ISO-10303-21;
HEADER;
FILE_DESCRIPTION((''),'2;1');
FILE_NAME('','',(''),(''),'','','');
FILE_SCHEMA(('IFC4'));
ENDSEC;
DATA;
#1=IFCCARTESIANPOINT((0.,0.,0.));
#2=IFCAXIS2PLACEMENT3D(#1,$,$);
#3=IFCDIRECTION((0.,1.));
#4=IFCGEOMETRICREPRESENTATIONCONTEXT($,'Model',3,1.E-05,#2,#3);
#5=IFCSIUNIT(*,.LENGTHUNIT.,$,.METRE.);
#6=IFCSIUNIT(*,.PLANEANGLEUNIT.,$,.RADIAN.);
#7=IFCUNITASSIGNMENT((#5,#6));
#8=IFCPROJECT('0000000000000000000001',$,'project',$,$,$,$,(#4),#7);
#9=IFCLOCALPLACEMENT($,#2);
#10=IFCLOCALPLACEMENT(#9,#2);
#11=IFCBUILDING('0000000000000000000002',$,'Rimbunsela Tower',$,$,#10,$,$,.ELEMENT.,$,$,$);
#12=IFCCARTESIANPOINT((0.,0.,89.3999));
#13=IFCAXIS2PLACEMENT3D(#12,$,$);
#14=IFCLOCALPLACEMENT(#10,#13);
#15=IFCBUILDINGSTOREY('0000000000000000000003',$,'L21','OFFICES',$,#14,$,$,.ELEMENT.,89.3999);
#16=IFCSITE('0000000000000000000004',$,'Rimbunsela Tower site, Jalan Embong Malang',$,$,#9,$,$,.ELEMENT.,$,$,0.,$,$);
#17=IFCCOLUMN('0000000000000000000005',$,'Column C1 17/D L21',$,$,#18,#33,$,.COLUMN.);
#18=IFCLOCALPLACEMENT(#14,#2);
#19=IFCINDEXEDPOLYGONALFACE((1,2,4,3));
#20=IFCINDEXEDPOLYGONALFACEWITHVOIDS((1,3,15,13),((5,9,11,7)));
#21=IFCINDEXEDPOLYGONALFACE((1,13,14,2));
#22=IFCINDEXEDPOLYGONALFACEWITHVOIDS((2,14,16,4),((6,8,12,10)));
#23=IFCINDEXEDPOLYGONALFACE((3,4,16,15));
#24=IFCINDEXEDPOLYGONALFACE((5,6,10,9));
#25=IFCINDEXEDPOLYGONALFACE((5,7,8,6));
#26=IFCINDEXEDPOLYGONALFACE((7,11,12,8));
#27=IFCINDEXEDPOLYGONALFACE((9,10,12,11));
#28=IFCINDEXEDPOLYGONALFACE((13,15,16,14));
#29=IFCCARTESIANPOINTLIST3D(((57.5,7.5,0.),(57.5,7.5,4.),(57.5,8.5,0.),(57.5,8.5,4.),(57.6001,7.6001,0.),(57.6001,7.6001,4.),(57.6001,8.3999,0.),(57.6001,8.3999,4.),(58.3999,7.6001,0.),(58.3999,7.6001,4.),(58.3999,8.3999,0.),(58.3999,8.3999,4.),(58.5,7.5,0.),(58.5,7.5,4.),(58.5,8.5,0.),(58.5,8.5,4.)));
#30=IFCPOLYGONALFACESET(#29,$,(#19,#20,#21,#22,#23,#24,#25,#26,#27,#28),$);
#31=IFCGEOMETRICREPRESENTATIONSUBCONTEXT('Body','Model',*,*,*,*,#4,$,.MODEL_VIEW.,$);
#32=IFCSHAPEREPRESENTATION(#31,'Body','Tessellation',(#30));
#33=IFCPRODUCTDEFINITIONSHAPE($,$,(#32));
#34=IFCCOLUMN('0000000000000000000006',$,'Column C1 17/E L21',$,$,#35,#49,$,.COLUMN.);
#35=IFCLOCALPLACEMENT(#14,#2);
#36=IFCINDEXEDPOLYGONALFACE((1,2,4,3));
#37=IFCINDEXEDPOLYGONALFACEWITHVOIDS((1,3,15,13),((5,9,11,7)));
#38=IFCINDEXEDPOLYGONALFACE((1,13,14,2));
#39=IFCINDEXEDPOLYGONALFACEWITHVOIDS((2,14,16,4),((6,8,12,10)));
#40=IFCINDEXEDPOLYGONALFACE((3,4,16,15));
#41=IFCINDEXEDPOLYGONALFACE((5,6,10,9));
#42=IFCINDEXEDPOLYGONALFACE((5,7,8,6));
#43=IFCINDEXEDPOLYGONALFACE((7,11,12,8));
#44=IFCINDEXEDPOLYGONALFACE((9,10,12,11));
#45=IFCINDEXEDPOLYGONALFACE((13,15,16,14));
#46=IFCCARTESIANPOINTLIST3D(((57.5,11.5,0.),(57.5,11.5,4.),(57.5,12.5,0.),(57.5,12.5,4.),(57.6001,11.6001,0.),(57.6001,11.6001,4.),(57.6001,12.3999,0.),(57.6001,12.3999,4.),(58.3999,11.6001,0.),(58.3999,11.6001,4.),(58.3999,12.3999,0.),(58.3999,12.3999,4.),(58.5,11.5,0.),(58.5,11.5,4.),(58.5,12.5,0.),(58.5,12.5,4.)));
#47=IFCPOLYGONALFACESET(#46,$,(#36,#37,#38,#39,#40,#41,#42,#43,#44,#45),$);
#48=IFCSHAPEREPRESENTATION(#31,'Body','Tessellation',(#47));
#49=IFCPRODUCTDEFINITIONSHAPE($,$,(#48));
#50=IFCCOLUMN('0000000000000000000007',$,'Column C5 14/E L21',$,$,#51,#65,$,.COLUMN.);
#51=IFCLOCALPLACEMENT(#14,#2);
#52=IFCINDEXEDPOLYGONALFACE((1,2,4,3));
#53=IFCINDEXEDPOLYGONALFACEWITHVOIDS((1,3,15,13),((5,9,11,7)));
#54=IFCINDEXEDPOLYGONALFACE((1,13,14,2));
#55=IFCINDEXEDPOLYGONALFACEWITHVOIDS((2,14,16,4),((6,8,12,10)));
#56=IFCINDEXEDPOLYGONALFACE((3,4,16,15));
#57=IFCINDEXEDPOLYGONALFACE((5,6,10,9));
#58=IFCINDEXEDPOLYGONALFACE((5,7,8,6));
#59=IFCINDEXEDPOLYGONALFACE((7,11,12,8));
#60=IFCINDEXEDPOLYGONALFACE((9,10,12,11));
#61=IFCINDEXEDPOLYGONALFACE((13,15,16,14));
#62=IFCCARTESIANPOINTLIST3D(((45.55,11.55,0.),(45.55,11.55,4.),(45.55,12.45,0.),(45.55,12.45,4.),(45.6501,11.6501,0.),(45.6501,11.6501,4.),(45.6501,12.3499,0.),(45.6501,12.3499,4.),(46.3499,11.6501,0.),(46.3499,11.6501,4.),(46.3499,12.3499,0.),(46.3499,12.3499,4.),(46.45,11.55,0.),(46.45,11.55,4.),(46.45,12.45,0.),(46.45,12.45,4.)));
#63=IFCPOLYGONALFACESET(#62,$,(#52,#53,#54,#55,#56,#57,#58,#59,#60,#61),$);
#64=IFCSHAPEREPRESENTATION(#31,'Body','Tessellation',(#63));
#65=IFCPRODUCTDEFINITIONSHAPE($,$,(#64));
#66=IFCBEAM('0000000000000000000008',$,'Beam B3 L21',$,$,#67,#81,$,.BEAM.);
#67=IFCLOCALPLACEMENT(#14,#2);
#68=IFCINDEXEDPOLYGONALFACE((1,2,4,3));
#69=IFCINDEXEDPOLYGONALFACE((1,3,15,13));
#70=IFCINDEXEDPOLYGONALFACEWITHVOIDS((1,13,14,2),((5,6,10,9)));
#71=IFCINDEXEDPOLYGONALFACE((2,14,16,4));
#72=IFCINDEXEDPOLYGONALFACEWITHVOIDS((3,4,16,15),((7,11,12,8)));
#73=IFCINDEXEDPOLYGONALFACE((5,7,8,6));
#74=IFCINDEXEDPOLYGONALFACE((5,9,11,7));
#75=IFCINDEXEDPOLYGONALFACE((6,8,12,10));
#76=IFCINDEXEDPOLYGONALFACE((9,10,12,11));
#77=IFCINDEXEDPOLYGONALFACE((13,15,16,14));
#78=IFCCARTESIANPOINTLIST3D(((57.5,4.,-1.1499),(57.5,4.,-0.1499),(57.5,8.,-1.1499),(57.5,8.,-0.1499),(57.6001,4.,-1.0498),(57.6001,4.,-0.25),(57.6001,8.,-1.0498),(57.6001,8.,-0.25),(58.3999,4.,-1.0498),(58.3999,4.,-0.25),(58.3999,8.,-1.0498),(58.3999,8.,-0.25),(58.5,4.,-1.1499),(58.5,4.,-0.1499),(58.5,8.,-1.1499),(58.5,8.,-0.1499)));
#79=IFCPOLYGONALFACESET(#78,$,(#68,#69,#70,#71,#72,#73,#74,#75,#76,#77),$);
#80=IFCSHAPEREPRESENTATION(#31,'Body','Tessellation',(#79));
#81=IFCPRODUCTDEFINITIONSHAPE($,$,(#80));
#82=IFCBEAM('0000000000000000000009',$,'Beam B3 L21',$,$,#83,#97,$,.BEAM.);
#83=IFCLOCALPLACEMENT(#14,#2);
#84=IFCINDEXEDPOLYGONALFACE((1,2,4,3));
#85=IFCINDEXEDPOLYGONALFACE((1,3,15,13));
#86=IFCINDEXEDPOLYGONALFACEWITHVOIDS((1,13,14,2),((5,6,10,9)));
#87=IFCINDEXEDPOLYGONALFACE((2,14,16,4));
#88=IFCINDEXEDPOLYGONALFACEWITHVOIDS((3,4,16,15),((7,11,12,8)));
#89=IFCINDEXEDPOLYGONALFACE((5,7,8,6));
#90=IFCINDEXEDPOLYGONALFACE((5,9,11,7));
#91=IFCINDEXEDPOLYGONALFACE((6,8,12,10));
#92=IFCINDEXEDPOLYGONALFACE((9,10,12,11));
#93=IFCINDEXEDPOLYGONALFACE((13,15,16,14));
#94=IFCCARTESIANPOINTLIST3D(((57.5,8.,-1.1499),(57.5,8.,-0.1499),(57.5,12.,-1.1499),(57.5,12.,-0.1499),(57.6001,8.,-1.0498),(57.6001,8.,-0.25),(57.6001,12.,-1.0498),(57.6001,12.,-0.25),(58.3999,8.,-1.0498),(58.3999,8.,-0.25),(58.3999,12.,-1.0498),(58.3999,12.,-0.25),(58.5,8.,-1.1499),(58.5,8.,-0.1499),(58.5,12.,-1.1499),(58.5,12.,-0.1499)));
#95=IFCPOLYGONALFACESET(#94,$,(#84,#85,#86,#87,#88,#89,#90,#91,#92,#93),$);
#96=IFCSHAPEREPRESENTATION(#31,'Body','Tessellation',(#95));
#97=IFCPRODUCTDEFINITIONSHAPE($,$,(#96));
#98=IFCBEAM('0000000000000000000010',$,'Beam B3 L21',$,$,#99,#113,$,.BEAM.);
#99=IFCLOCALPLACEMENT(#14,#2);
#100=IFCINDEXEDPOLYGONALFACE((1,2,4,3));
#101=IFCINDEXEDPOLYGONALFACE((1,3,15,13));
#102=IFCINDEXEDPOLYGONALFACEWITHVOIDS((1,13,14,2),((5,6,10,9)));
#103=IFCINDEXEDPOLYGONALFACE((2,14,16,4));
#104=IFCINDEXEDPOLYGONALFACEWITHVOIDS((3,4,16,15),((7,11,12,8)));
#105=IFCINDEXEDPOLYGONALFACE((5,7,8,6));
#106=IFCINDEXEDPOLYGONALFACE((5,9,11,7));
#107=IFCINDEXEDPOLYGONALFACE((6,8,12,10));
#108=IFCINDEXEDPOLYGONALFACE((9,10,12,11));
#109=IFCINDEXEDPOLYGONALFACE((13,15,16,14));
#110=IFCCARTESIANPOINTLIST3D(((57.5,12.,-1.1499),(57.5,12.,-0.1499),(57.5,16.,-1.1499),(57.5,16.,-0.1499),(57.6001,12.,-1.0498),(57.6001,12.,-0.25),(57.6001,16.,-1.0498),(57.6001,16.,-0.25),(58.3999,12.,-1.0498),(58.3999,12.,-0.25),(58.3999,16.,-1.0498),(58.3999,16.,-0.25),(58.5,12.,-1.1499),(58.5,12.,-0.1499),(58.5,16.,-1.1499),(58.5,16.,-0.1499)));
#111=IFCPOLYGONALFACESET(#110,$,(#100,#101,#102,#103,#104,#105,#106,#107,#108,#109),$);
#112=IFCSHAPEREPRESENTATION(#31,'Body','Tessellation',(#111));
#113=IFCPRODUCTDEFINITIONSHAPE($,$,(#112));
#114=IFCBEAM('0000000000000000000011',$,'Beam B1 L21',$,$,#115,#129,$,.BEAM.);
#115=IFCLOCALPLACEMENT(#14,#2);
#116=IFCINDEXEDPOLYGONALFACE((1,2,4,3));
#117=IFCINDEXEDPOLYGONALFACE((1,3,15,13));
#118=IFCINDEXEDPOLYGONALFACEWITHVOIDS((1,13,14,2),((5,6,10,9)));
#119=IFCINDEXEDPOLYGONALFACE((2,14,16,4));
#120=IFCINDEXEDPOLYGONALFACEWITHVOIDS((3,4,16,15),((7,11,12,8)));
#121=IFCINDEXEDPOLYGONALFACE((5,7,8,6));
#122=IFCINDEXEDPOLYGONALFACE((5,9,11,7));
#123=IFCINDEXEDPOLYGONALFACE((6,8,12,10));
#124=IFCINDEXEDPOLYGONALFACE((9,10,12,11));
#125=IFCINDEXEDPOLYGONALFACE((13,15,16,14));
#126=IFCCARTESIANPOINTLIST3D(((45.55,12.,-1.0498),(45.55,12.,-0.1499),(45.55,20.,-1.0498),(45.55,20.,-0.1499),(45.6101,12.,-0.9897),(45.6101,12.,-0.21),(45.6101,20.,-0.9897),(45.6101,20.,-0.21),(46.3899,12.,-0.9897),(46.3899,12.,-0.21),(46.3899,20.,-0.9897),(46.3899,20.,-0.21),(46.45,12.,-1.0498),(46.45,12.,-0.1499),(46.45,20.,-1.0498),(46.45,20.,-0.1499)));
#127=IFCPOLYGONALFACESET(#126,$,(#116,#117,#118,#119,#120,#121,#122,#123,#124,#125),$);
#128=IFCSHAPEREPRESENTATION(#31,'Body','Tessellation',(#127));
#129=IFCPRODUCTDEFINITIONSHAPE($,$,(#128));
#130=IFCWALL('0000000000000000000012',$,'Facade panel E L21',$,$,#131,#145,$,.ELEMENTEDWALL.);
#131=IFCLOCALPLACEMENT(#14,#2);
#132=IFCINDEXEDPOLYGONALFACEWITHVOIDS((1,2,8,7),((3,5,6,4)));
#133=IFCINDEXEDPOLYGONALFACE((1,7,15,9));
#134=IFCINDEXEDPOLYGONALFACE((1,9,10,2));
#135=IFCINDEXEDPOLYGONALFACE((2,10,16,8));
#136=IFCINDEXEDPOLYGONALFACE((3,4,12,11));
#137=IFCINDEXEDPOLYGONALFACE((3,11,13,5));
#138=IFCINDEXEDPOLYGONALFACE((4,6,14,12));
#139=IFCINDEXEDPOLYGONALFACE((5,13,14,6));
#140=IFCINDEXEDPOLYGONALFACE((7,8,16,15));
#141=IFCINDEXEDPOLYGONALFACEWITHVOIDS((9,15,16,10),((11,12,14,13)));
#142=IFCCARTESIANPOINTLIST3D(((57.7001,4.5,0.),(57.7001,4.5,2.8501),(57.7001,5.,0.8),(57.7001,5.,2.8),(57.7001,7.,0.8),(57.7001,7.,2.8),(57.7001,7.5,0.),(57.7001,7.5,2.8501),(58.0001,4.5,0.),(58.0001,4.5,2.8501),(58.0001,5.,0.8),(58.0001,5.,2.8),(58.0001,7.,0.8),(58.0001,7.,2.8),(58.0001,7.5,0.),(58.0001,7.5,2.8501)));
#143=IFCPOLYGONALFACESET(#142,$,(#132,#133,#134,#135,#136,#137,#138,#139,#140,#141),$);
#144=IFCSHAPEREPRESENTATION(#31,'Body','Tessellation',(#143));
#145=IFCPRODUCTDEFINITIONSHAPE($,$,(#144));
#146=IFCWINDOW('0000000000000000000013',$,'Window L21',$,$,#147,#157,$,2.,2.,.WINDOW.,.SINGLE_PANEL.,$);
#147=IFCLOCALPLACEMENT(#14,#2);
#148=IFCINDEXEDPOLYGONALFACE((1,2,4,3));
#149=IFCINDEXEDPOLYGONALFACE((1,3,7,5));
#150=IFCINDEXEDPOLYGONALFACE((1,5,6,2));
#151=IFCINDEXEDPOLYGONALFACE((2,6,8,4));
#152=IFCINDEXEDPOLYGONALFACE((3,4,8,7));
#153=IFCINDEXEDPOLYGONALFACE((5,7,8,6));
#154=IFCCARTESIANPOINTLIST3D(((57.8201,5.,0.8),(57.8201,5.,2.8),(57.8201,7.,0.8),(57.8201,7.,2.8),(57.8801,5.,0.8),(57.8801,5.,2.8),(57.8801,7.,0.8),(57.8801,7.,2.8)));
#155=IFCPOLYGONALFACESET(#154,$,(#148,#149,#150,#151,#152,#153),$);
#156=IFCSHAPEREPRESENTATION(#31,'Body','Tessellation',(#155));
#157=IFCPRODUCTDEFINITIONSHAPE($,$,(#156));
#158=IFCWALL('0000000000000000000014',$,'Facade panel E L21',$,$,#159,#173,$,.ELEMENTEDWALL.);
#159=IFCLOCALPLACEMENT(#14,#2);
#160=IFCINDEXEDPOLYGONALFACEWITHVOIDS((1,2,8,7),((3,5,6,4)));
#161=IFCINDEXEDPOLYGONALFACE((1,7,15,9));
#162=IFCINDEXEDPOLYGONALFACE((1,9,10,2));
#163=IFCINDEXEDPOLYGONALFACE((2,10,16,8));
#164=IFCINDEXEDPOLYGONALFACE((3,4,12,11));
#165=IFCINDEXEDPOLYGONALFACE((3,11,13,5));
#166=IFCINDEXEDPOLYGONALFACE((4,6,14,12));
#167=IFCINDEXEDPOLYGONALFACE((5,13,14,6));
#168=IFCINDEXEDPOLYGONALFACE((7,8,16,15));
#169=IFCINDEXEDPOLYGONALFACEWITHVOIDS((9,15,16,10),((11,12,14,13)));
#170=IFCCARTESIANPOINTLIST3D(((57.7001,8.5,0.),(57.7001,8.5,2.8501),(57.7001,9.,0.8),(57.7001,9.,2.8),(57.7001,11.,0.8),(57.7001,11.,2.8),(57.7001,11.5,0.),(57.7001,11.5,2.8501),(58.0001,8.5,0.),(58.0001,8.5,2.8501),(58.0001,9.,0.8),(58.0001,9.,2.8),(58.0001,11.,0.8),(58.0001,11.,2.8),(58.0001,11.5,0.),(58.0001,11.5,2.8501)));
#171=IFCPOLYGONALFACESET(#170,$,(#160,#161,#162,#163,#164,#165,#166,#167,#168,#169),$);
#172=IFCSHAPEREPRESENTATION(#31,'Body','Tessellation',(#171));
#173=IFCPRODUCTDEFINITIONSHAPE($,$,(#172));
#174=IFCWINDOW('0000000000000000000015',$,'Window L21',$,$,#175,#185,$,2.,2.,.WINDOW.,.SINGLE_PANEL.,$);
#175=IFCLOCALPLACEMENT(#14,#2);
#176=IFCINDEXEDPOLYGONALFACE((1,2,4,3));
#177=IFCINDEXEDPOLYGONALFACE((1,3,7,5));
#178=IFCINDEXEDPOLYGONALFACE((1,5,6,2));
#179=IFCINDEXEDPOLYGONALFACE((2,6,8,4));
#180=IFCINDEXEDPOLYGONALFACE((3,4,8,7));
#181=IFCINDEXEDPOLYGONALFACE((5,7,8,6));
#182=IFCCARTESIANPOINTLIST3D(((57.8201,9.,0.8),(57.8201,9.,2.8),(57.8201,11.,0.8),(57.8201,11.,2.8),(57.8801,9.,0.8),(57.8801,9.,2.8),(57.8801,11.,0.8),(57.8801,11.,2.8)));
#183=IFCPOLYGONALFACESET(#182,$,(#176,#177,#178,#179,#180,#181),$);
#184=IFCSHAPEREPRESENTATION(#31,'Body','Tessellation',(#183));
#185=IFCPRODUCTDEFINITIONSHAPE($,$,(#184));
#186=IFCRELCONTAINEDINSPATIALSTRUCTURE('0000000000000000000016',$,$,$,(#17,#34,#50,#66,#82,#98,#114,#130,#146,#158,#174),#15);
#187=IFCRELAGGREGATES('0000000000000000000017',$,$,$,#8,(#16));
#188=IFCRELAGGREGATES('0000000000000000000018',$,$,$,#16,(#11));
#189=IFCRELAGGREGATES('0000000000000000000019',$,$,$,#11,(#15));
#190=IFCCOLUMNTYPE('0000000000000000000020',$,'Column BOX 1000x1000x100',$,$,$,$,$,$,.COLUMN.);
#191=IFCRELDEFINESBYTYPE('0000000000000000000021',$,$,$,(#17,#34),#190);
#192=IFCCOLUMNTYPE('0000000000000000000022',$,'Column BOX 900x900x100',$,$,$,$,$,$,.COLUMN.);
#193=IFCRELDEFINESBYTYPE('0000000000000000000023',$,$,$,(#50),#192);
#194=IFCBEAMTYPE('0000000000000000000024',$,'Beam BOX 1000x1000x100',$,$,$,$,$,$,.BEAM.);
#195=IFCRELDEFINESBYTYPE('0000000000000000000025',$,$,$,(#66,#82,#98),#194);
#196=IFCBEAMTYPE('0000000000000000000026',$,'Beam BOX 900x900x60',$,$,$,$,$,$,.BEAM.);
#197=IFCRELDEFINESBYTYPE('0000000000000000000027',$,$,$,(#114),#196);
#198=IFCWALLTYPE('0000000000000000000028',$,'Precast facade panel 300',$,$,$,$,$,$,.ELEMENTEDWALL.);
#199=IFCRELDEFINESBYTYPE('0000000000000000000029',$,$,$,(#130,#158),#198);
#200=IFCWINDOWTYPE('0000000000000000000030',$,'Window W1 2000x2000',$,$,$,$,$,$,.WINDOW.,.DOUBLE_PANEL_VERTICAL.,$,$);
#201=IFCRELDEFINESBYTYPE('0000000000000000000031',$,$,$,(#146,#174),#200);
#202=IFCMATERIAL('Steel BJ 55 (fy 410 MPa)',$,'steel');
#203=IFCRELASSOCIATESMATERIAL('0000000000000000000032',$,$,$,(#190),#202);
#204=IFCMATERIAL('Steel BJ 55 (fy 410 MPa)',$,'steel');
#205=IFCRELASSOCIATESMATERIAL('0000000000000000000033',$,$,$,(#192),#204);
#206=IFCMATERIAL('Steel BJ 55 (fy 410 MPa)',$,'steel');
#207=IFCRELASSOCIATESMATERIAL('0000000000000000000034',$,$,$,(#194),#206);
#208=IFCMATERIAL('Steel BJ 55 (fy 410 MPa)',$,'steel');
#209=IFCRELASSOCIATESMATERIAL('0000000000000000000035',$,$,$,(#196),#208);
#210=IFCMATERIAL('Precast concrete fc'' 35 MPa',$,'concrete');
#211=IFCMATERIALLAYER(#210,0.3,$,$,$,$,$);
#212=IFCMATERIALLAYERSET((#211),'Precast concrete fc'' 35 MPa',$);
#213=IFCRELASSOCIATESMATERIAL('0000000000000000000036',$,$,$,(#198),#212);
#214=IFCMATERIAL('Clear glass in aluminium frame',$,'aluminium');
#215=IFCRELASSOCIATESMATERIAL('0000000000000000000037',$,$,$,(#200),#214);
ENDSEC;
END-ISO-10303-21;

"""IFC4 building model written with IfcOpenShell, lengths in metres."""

from ifc_helpers import new_model, si_unit, direction, frame, frame_2d, origin, origin_2d, place, context, subcontext, project, spatial, rectangle, hollow_rectangle, extrude, material, layer, layer_set, material_profile, profile_set, type_object, element, fill, save


model = new_model("IFC4")

# Units and contexts
model_context = context("Model", 3, precision=1e-05, world=origin(), true_north=direction((0.0, 1.0)))
body_context = subcontext(model_context, "Body", "Model", "MODEL_VIEW")
ifc_project = project(units=[si_unit("LENGTHUNIT", "METRE"), si_unit("PLANEANGLEUNIT", "RADIAN")], contexts=[model_context])

# Site, building, storey
site_placement = place(None, origin())
site = spatial("IfcSite", under=ifc_project, at=site_placement, Name="Rimbunsela Tower site, Jalan Embong Malang", CompositionType="ELEMENT", RefElevation=0.0)
building_placement = place(site_placement, origin())
building = spatial("IfcBuilding", under=site, at=building_placement, Name="Rimbunsela Tower", CompositionType="ELEMENT")
storey_placement = place(building_placement, frame((0.0, 0.0, 89.3999)))
storey = spatial("IfcBuildingStorey", under=building, at=storey_placement, Name="L21", Description="OFFICES", CompositionType="ELEMENT", Elevation=89.3999)

# Columns
ifc_material_1 = material(Name="Steel BJ 55 (fy 410 MPa)", Category="steel")
ifc_material_profile_1 = material_profile(ifc_material_1, hollow_rectangle(XDim=1.0, YDim=1.0, WallThickness=0.1001, at=origin_2d()), Name="BOX 1000x1000x100")
ifc_profile_set_1 = profile_set([ifc_material_profile_1], Name="Steel BJ 55 (fy 410 MPa)")
column_type_1 = type_object("IfcColumnType", Name="Column BOX 1000x1000x100", PredefinedType="COLUMN", material=ifc_profile_set_1)
for number, where, z_axis, x_axis, name in (
    (1, (58.0, 8.0, 0.0), (0.0, 0.0, 1.0), (1.0, 0.0, 0.0), "Column C1 17/D L21"),
    (2, (58.0, 12.0, 0.0), (0.0, 0.0, 1.0), (1.0, 0.0, 0.0), "Column C1 17/E L21"),
):
    element("IfcColumn", number, at=place(storey_placement, frame(where, z_axis=z_axis, x_axis=x_axis)), inside=storey, type_object=column_type_1, Name=name, PredefinedType="COLUMN", context=body_context, shape_type="SweptSolid", body=[
        extrude(hollow_rectangle(XDim=1.0, YDim=1.0, WallThickness=0.1001, at=origin_2d()), origin(), (0.0, 0.0, 1.0), 4.0),
    ])
ifc_material_2 = material(Name="Steel BJ 55 (fy 410 MPa)", Category="steel")
ifc_material_profile_2 = material_profile(ifc_material_2, hollow_rectangle(XDim=0.8999, YDim=0.8999, WallThickness=0.1001, at=origin_2d()), Name="BOX 900x900x100")
ifc_profile_set_2 = profile_set([ifc_material_profile_2], Name="Steel BJ 55 (fy 410 MPa)")
column_type_2 = type_object("IfcColumnType", Name="Column BOX 900x900x100", PredefinedType="COLUMN", material=ifc_profile_set_2)
column_placement = place(storey_placement, frame((46.0, 12.0, 0.0), z_axis=(0.0, 0.0, 1.0), x_axis=(1.0, 0.0, 0.0)))
element("IfcColumn", 3, at=column_placement, inside=storey, type_object=column_type_2, Name="Column C5 14/E L21", PredefinedType="COLUMN", context=body_context, shape_type="SweptSolid", body=[
    extrude(hollow_rectangle(XDim=0.8999, YDim=0.8999, WallThickness=0.1001, at=origin_2d()), origin(), (0.0, 0.0, 1.0), 4.0),
])

# Beams
ifc_material_3 = material(Name="Steel BJ 55 (fy 410 MPa)", Category="steel")
ifc_material_profile_3 = material_profile(ifc_material_3, hollow_rectangle(XDim=1.0, YDim=1.0, WallThickness=0.1001, at=origin_2d()), Name="BOX 1000x1000x100")
ifc_profile_set_3 = profile_set([ifc_material_profile_3], Name="Steel BJ 55 (fy 410 MPa)")
beam_type_1 = type_object("IfcBeamType", Name="Beam BOX 1000x1000x100", PredefinedType="BEAM", material=ifc_profile_set_3)
for number, where, z_axis, x_axis, name in (
    (4, (58.0, 4.0, -0.6499), (0.0, 1.0, 0.0), (-1.0, 0.0, 0.0), "Beam B3 L21"),
    (5, (58.0, 8.0, -0.6499), (0.0, 1.0, 0.0), (-1.0, 0.0, 0.0), "Beam B3 L21"),
    (6, (58.0, 12.0, -0.6499), (0.0, 1.0, 0.0), (-1.0, 0.0, 0.0), "Beam B3 L21"),
):
    element("IfcBeam", number, at=place(storey_placement, frame(where, z_axis=z_axis, x_axis=x_axis)), inside=storey, type_object=beam_type_1, Name=name, PredefinedType="BEAM", context=body_context, shape_type="SweptSolid", body=[
        extrude(hollow_rectangle(XDim=1.0, YDim=1.0, WallThickness=0.1001, at=origin_2d()), origin(), (0.0, 0.0, 1.0), 4.0),
    ])
ifc_material_4 = material(Name="Steel BJ 55 (fy 410 MPa)", Category="steel")
ifc_material_profile_4 = material_profile(ifc_material_4, hollow_rectangle(XDim=0.8999, YDim=0.8999, WallThickness=0.0601, at=origin_2d()), Name="BOX 900x900x60")
ifc_profile_set_4 = profile_set([ifc_material_profile_4], Name="Steel BJ 55 (fy 410 MPa)")
beam_type_2 = type_object("IfcBeamType", Name="Beam BOX 900x900x60", PredefinedType="BEAM", material=ifc_profile_set_4)
beam_placement = place(storey_placement, frame((46.0, 12.0, -0.5999), z_axis=(0.0, 1.0, 0.0), x_axis=(-1.0, 0.0, 0.0)))
element("IfcBeam", 7, at=beam_placement, inside=storey, type_object=beam_type_2, Name="Beam B1 L21", PredefinedType="BEAM", context=body_context, shape_type="SweptSolid", body=[
    extrude(hollow_rectangle(XDim=0.8999, YDim=0.8999, WallThickness=0.0601, at=origin_2d()), origin(), (0.0, 0.0, 1.0), 8.0),
])

# Walls, openings, windows
ifc_material_5 = material(Name="Precast concrete fc' 35 MPa", Category="concrete")
ifc_layer_1 = layer(ifc_material_5, 0.3)
ifc_layer_set_1 = layer_set([ifc_layer_1], Name="Precast concrete fc' 35 MPa")
wall_type = type_object("IfcWallType", Name="Precast facade panel 300", PredefinedType="ELEMENTEDWALL", material=ifc_layer_set_1)
wall_1_placement = place(storey_placement, frame((57.8501, 4.5, 0.0), z_axis=(0.0, 0.0, 1.0), x_axis=(0.0, 1.0, 0.0)))
wall_1 = element("IfcWall", 8, at=wall_1_placement, inside=storey, type_object=wall_type, Name="Facade panel E L21", PredefinedType="ELEMENTEDWALL", context=body_context, shape_type="SweptSolid", body=[
    extrude(rectangle(XDim=3.0, YDim=0.3, at=frame_2d((1.5, 0.0))), origin(), (0.0, 0.0, 1.0), 2.8501),
])
opening_1_placement = place(wall_1_placement, frame((0.5, 0.0, 0.8)))
opening_1 = element("IfcOpeningElement", 9, at=opening_1_placement, cuts=wall_1, PredefinedType="OPENING", context=body_context, shape_type="SweptSolid", body=[
    extrude(rectangle(XDim=2.0, YDim=2.0, at=frame_2d((1.0, 1.0))), frame((0.0, 0.1599, 0.0), z_axis=(0.0, -1.0, 0.0), x_axis=(1.0, 0.0, 0.0)), (0.0, 0.0, 1.0), 0.3201),
])
ifc_material_6 = material(Name="Clear glass in aluminium frame", Category="aluminium")
window_type = type_object("IfcWindowType", Name="Window W1 2000x2000", PartitioningType="DOUBLE_PANEL_VERTICAL", PredefinedType="WINDOW", material=ifc_material_6)
window_1_placement = place(opening_1_placement, origin())
window_1 = element("IfcWindow", 10, at=window_1_placement, inside=storey, type_object=window_type, Name="Window L21", OverallHeight=2.0, OverallWidth=2.0, PartitioningType="SINGLE_PANEL", PredefinedType="WINDOW", context=body_context, shape_type="SweptSolid", body=[
    extrude(rectangle(XDim=2.0, YDim=2.0, at=frame_2d((1.0, 1.0))), frame((0.0, 0.03, 0.0), z_axis=(0.0, -1.0, 0.0), x_axis=(1.0, 0.0, 0.0)), (0.0, 0.0, 1.0), 0.0601),
])
fill(opening_1, window_1)
wall_2_placement = place(storey_placement, frame((57.8501, 8.5, 0.0), z_axis=(0.0, 0.0, 1.0), x_axis=(0.0, 1.0, 0.0)))
wall_2 = element("IfcWall", 11, at=wall_2_placement, inside=storey, type_object=wall_type, Name="Facade panel E L21", PredefinedType="ELEMENTEDWALL", context=body_context, shape_type="SweptSolid", body=[
    extrude(rectangle(XDim=3.0, YDim=0.3, at=frame_2d((1.5, 0.0))), origin(), (0.0, 0.0, 1.0), 2.8501),
])
opening_2_placement = place(wall_2_placement, frame((0.5, 0.0, 0.8)))
opening_2 = element("IfcOpeningElement", 12, at=opening_2_placement, cuts=wall_2, PredefinedType="OPENING", context=body_context, shape_type="SweptSolid", body=[
    extrude(rectangle(XDim=2.0, YDim=2.0, at=frame_2d((1.0, 1.0))), frame((0.0, 0.1599, 0.0), z_axis=(0.0, -1.0, 0.0), x_axis=(1.0, 0.0, 0.0)), (0.0, 0.0, 1.0), 0.3201),
])
window_2_placement = place(opening_2_placement, origin())
window_2 = element("IfcWindow", 13, at=window_2_placement, inside=storey, type_object=window_type, Name="Window L21", OverallHeight=2.0, OverallWidth=2.0, PartitioningType="SINGLE_PANEL", PredefinedType="WINDOW", context=body_context, shape_type="SweptSolid", body=[
    extrude(rectangle(XDim=2.0, YDim=2.0, at=frame_2d((1.0, 1.0))), frame((0.0, 0.03, 0.0), z_axis=(0.0, -1.0, 0.0), x_axis=(1.0, 0.0, 0.0)), (0.0, 0.0, 1.0), 0.0601),
])
fill(opening_2, window_2)

save(model, "model.ifc")
